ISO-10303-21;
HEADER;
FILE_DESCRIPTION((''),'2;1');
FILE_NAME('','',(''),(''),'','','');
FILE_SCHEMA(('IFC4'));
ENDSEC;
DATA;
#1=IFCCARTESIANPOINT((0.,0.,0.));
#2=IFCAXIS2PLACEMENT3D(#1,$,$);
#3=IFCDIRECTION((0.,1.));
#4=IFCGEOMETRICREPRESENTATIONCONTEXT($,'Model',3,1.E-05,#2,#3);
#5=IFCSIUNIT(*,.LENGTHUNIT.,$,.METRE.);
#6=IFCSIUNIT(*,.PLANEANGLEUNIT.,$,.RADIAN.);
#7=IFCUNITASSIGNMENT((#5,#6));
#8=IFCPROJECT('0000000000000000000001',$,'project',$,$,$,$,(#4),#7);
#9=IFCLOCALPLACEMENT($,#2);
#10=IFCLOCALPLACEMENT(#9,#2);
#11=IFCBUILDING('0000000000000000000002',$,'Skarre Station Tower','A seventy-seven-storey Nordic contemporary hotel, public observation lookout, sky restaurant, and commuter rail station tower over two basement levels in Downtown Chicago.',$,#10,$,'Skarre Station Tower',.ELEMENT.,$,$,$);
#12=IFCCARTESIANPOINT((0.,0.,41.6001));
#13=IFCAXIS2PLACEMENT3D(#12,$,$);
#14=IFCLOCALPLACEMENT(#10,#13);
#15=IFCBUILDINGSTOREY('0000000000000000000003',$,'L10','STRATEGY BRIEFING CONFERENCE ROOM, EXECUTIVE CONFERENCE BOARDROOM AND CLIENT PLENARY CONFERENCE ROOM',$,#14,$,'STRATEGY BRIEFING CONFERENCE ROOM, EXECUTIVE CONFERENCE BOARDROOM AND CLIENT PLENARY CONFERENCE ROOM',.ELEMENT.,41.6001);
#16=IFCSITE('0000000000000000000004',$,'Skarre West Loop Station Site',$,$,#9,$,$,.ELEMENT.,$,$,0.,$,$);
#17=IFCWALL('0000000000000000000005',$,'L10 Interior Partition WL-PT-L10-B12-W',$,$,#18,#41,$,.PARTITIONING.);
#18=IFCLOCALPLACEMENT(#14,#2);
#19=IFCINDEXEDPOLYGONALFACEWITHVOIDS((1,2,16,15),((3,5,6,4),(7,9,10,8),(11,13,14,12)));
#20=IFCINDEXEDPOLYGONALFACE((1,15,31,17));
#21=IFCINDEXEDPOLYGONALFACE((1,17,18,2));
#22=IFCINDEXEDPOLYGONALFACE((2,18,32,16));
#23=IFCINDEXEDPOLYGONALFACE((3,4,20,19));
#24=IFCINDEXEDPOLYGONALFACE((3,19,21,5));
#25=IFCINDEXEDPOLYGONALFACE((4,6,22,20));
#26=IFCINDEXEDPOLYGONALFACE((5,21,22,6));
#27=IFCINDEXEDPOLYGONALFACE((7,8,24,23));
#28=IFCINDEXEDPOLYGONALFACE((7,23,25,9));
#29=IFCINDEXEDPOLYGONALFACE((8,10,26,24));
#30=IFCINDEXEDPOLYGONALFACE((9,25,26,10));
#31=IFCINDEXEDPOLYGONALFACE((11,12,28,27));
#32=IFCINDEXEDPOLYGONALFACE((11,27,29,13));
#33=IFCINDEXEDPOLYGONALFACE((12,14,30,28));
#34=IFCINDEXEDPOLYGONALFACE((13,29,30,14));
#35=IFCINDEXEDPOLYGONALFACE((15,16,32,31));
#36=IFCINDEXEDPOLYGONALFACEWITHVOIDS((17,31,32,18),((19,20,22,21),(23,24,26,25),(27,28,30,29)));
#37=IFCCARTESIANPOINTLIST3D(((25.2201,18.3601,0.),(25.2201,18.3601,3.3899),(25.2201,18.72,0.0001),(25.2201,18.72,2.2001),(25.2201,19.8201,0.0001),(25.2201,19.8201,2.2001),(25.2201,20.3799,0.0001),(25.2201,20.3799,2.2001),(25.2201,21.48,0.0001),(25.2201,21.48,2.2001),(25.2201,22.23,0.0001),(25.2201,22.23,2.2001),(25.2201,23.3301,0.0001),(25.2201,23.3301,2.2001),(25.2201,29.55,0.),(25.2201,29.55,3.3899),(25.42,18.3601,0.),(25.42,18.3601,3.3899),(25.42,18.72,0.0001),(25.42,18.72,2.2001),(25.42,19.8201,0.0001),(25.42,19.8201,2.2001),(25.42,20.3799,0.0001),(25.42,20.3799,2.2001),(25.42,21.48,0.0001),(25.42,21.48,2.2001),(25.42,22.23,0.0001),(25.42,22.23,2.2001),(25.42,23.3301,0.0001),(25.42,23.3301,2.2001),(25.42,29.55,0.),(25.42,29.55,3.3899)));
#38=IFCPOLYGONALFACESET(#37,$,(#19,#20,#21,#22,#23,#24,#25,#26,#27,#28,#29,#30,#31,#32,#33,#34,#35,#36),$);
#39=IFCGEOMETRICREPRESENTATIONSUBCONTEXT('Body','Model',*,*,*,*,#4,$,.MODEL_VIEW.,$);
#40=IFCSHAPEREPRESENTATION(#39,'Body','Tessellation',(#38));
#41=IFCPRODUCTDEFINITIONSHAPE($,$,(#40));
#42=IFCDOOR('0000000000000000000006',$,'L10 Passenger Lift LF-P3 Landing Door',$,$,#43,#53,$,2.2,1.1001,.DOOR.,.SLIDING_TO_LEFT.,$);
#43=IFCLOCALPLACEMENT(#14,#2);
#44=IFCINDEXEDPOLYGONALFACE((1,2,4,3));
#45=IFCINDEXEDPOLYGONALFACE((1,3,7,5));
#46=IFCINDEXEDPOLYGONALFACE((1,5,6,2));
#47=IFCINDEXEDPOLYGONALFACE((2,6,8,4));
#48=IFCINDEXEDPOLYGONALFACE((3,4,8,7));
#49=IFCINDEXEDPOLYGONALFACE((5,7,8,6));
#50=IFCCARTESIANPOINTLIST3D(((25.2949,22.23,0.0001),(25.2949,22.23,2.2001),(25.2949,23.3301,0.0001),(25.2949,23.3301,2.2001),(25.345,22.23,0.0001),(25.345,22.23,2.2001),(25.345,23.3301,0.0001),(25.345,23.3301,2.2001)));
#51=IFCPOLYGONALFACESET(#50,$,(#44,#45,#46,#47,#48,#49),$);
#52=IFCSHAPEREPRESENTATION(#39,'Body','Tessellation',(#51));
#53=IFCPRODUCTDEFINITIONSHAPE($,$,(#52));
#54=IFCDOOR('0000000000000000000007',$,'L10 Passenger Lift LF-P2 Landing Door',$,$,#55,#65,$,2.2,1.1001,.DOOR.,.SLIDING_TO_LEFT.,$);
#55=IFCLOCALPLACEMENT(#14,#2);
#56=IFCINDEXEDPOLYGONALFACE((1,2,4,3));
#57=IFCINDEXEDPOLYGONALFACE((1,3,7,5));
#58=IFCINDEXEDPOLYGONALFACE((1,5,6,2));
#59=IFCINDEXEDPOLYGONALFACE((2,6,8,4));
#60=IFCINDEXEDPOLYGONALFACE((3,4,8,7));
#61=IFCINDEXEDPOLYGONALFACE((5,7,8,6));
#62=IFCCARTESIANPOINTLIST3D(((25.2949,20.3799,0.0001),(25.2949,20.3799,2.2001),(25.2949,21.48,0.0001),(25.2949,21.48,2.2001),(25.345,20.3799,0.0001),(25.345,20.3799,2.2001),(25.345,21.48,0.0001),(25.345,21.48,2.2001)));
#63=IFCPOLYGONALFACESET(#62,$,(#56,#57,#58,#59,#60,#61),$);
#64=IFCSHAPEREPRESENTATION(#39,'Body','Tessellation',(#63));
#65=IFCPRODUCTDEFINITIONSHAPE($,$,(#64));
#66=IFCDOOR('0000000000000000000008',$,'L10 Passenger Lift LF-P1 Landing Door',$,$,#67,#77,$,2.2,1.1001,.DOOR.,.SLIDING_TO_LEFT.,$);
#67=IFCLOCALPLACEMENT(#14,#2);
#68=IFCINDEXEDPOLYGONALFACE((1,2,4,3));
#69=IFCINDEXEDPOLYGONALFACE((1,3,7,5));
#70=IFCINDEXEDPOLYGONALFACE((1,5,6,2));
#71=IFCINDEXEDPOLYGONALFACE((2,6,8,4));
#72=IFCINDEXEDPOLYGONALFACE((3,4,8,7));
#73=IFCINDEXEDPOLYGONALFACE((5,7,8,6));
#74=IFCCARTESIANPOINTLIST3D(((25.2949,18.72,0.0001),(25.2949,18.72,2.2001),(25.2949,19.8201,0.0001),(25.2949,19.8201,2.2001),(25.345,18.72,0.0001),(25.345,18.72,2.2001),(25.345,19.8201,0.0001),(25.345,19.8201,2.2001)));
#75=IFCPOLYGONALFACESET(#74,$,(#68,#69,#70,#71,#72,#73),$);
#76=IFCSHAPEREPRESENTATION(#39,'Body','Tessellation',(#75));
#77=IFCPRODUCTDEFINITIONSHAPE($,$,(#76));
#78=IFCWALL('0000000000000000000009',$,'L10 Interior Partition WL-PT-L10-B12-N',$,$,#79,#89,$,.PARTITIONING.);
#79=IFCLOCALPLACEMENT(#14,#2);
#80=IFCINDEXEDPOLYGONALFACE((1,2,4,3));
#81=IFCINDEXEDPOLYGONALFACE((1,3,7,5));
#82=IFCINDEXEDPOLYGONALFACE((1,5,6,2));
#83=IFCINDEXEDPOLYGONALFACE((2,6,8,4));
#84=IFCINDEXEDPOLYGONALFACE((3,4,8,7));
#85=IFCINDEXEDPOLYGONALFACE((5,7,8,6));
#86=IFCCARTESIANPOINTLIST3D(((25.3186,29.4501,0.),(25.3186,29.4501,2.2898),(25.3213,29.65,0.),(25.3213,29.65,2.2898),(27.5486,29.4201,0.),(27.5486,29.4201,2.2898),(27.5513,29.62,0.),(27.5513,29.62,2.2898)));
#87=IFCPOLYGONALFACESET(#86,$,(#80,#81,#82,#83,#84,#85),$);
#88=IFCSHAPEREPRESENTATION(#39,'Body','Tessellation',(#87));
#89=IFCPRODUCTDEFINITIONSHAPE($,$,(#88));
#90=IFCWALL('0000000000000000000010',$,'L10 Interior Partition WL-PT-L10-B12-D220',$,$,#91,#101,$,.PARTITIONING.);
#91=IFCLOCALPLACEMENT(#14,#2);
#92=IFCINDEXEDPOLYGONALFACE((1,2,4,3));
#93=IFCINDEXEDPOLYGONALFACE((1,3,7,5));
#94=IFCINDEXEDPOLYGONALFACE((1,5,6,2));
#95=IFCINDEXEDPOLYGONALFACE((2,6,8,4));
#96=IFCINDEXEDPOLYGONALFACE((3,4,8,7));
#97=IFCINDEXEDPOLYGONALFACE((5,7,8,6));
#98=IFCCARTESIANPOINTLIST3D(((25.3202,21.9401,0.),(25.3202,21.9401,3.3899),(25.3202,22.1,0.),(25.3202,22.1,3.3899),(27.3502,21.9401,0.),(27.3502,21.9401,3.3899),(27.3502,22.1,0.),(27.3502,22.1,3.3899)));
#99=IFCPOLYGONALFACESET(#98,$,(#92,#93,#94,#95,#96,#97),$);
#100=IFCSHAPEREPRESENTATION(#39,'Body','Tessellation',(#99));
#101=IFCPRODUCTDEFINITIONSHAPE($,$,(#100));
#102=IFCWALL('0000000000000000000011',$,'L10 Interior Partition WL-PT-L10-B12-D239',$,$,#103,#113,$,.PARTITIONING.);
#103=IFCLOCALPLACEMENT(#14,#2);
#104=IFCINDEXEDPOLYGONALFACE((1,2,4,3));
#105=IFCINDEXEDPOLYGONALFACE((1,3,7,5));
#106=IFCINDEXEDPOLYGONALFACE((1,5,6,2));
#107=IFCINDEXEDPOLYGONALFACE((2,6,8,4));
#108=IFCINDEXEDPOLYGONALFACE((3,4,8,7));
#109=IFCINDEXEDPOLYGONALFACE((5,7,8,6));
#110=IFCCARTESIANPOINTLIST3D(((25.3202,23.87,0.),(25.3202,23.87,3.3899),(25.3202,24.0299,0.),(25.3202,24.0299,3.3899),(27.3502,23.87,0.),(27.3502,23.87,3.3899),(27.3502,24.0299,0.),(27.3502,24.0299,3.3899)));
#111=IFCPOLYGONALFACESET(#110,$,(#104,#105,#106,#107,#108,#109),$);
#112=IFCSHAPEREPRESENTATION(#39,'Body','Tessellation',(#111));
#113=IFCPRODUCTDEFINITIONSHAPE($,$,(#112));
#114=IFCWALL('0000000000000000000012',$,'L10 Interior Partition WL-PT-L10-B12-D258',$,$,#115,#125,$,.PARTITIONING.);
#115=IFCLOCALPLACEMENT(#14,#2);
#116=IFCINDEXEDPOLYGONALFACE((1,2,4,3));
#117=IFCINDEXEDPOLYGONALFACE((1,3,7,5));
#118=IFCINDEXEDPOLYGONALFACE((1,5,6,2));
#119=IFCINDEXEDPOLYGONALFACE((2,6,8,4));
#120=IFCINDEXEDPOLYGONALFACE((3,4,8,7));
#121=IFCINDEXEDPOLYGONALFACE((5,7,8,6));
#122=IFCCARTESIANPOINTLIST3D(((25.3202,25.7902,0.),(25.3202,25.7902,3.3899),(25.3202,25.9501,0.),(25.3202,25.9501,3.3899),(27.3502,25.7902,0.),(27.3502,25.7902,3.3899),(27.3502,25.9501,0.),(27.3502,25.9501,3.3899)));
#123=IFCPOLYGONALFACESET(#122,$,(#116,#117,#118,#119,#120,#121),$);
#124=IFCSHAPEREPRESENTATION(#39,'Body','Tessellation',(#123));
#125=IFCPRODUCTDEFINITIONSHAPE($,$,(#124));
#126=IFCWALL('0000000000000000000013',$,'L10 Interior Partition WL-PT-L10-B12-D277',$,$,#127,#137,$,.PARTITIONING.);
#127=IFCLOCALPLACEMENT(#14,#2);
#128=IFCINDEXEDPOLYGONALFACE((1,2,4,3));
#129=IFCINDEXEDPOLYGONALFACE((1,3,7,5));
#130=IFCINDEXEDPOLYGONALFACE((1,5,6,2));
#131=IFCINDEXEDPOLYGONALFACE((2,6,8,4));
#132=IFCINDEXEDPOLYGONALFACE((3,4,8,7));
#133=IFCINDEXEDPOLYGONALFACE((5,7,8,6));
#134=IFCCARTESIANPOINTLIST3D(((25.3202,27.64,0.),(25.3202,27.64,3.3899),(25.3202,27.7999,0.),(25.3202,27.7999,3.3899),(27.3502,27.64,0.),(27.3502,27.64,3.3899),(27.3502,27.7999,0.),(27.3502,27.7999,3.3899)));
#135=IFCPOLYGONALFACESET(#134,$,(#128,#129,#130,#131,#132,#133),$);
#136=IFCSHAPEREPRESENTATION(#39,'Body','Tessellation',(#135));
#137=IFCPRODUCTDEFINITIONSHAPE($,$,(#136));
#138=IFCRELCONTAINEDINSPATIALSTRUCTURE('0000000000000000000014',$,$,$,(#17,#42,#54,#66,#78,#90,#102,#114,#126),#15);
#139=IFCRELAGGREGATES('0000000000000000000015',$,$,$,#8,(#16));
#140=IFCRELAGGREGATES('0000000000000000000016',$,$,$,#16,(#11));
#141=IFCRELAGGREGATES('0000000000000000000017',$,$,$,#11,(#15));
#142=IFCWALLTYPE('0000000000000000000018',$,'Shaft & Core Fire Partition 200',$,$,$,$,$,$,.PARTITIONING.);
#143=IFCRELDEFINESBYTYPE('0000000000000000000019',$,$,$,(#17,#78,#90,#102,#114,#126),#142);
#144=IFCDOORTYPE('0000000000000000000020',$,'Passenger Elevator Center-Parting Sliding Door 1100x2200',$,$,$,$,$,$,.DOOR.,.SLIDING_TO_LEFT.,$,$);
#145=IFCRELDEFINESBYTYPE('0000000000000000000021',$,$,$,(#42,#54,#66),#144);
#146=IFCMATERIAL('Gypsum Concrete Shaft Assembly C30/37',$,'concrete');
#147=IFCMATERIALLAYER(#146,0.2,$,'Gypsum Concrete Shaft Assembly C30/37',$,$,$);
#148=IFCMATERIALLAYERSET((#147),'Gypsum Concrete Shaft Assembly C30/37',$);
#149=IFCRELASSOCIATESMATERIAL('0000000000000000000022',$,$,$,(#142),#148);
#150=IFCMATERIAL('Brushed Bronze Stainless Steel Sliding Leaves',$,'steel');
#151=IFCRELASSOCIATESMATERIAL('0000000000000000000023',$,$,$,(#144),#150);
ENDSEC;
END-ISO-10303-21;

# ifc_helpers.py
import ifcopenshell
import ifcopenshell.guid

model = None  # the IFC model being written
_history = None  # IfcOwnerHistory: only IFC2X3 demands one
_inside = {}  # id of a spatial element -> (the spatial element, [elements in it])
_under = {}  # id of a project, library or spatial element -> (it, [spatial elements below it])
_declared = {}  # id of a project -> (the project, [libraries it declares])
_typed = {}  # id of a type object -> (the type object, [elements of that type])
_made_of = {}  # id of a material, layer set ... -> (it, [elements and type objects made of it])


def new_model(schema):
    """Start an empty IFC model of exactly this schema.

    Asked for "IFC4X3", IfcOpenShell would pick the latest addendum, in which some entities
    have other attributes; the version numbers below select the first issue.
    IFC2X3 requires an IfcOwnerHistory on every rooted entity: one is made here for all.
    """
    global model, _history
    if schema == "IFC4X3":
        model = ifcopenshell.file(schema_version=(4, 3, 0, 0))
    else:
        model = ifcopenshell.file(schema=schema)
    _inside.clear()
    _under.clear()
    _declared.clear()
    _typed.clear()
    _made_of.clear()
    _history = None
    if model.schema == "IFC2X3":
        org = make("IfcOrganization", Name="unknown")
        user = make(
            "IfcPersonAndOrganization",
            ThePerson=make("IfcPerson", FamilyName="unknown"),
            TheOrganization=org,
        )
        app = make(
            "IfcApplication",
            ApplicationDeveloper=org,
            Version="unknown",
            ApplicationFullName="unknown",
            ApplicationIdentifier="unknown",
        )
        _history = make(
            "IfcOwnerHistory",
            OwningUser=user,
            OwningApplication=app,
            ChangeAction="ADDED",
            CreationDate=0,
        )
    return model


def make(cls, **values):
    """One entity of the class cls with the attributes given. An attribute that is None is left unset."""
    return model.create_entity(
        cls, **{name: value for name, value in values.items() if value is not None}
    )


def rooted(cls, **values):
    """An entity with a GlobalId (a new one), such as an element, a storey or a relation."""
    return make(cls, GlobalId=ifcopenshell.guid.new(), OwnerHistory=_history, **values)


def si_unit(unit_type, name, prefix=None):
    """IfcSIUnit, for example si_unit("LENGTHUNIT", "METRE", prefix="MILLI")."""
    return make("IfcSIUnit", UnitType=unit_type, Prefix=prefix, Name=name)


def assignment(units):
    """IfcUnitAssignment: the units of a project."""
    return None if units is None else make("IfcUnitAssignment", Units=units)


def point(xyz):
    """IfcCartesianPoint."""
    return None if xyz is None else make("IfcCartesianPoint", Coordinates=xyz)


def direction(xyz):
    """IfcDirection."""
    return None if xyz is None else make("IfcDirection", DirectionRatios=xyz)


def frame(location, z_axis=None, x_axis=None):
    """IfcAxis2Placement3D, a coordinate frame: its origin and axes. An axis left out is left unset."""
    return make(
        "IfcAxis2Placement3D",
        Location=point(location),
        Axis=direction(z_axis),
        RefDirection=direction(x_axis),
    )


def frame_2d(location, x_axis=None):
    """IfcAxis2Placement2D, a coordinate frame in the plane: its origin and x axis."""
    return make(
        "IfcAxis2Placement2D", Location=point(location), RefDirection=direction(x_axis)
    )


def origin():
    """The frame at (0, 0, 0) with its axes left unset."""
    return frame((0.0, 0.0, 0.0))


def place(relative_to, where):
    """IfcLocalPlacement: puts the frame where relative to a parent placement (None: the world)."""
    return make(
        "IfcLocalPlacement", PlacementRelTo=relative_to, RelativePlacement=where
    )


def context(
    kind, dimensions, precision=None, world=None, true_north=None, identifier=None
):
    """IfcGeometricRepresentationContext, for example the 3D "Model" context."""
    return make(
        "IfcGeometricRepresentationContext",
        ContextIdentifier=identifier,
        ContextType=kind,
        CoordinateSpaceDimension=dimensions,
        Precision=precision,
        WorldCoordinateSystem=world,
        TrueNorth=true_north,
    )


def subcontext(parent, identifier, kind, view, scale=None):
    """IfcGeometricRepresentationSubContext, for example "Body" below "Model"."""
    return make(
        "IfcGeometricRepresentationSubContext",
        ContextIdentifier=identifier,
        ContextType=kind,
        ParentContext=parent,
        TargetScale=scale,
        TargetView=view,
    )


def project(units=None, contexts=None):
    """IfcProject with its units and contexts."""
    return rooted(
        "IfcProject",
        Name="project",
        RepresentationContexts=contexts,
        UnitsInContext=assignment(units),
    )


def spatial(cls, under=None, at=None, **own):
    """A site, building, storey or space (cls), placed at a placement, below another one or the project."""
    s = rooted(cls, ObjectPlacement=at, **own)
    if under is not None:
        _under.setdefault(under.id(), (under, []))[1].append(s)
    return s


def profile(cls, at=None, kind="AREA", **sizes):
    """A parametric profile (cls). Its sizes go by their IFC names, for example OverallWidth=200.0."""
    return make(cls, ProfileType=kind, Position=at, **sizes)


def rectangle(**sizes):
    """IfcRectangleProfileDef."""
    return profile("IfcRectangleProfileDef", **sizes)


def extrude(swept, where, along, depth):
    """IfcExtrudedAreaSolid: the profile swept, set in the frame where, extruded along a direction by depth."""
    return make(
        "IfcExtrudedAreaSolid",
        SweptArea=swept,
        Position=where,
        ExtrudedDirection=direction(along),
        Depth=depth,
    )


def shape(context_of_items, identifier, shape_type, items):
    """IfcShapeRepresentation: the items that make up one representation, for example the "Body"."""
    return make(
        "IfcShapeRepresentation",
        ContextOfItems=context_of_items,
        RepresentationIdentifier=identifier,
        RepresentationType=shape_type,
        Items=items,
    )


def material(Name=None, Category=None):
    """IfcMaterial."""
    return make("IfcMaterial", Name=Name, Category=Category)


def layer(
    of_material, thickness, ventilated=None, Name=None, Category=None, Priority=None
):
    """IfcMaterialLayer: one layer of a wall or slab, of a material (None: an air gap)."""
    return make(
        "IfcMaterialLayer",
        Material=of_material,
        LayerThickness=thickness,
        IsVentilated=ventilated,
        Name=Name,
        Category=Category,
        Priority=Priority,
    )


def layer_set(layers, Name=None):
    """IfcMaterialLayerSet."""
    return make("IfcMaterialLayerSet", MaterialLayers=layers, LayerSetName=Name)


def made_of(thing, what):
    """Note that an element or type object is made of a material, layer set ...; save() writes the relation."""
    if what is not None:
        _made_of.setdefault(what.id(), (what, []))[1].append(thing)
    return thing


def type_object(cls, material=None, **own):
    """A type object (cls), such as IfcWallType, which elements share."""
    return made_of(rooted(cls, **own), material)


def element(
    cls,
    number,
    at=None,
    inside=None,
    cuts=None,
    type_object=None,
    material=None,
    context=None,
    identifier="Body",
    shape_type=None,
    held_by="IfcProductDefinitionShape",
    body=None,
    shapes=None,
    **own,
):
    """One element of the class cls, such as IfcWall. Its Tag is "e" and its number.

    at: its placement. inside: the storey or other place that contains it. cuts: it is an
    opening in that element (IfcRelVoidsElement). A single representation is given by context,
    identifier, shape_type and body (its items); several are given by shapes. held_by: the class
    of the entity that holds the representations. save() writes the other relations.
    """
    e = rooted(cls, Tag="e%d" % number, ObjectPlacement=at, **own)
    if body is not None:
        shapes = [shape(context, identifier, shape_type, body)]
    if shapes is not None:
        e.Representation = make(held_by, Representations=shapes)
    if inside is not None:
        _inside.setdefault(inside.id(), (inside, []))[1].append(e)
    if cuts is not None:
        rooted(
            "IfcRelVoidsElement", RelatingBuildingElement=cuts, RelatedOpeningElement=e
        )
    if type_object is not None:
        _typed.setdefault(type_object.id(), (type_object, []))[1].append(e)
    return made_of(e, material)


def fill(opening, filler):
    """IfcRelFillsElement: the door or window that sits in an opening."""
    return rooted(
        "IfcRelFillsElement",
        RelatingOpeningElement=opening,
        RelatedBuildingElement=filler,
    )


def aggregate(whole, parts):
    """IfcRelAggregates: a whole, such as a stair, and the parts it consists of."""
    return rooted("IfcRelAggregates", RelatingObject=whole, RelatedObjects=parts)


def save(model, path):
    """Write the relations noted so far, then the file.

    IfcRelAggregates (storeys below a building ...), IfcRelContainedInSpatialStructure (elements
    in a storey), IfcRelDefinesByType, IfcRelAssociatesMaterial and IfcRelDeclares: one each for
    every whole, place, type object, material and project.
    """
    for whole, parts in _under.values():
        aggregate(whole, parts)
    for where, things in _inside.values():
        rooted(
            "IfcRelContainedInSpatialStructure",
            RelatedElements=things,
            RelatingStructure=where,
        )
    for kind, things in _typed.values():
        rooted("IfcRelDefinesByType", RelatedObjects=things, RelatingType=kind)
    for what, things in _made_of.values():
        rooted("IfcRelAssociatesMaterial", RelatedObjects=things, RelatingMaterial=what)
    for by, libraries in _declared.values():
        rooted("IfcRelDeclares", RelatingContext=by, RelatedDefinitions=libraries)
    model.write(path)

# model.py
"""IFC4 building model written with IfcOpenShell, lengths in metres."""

from ifc_helpers import new_model, si_unit, direction, frame, frame_2d, origin, place, context, subcontext, project, spatial, rectangle, extrude, material, layer, layer_set, type_object, element, fill, save


model = new_model("IFC4")

# Units and contexts
model_context = context("Model", 3, precision=1e-05, world=origin(), true_north=direction((0.0, 1.0)))
body_context = subcontext(model_context, "Body", "Model", "MODEL_VIEW")
ifc_project = project(units=[si_unit("LENGTHUNIT", "METRE"), si_unit("PLANEANGLEUNIT", "RADIAN")], contexts=[model_context])

# Site, building, storey
site_placement = place(None, origin())
site = spatial("IfcSite", under=ifc_project, at=site_placement, Name="Skarre West Loop Station Site", CompositionType="ELEMENT", RefElevation=0.0)
building_placement = place(site_placement, origin())
building = spatial("IfcBuilding", under=site, at=building_placement, Name="Skarre Station Tower", Description="A seventy-seven-storey Nordic contemporary hotel, public observation lookout, sky restaurant, and commuter rail station tower over two basement levels in Downtown Chicago.", LongName="Skarre Station Tower", CompositionType="ELEMENT")
storey_placement = place(building_placement, frame((0.0, 0.0, 41.6001)))
storey = spatial("IfcBuildingStorey", under=building, at=storey_placement, Name="L10", Description="STRATEGY BRIEFING CONFERENCE ROOM, EXECUTIVE CONFERENCE BOARDROOM AND CLIENT PLENARY CONFERENCE ROOM", LongName="STRATEGY BRIEFING CONFERENCE ROOM, EXECUTIVE CONFERENCE BOARDROOM AND CLIENT PLENARY CONFERENCE ROOM", CompositionType="ELEMENT", Elevation=41.6001)

# Shared definitions
ifc_material_1 = material(Name="Gypsum Concrete Shaft Assembly C30/37", Category="concrete")
ifc_layer_1 = layer(ifc_material_1, 0.2, Name="Gypsum Concrete Shaft Assembly C30/37")
ifc_layer_set_1 = layer_set([ifc_layer_1], Name="Gypsum Concrete Shaft Assembly C30/37")
wall_type_1 = type_object("IfcWallType", Name="Shaft & Core Fire Partition 200", PredefinedType="PARTITIONING", material=ifc_layer_set_1)

# Wall, openings, doors
wall_1_placement = place(storey_placement, frame((25.3201, 29.55, 0.0), z_axis=(0.0, 0.0, 1.0), x_axis=(0.0, -1.0, 0.0)))
wall_1 = element("IfcWall", 1, at=wall_1_placement, inside=storey, type_object=wall_type_1, Name="L10 Interior Partition WL-PT-L10-B12-W", PredefinedType="PARTITIONING", context=body_context, shape_type="SweptSolid", body=[
    extrude(rectangle(XDim=11.1899, YDim=0.2, at=frame_2d((5.595, 0.0))), origin(), (0.0, 0.0, 1.0), 3.3899),
])
opening_1_placement = place(wall_1_placement, frame((6.22, 0.0, 0.0)))
opening_1 = element("IfcOpeningElement", 2, at=opening_1_placement, cuts=wall_1, PredefinedType="OPENING", context=body_context, shape_type="SweptSolid", body=[
    extrude(rectangle(XDim=1.1001, YDim=2.2, at=frame_2d((0.55, 1.1001))), frame((0.0, 0.1099, 0.0), z_axis=(0.0, -1.0, 0.0), x_axis=(1.0, 0.0, 0.0)), (0.0, 0.0, 1.0), 0.22),
])
opening_2_placement = place(wall_1_placement, frame((8.0701, 0.0, 0.0)))
opening_2 = element("IfcOpeningElement", 3, at=opening_2_placement, cuts=wall_1, PredefinedType="OPENING", context=body_context, shape_type="SweptSolid", body=[
    extrude(rectangle(XDim=1.1001, YDim=2.2, at=frame_2d((0.55, 1.1001))), frame((0.0, 0.1099, 0.0), z_axis=(0.0, -1.0, 0.0), x_axis=(1.0, 0.0, 0.0)), (0.0, 0.0, 1.0), 0.22),
])
opening_3_placement = place(wall_1_placement, frame((9.73, 0.0, 0.0)))
opening_3 = element("IfcOpeningElement", 4, at=opening_3_placement, cuts=wall_1, PredefinedType="OPENING", context=body_context, shape_type="SweptSolid", body=[
    extrude(rectangle(XDim=1.1001, YDim=2.2, at=frame_2d((0.55, 1.1001))), frame((0.0, 0.1099, 0.0), z_axis=(0.0, -1.0, 0.0), x_axis=(1.0, 0.0, 0.0)), (0.0, 0.0, 1.0), 0.22),
])
ifc_material_2 = material(Name="Brushed Bronze Stainless Steel Sliding Leaves", Category="steel")
door_type_1 = type_object("IfcDoorType", Name="Passenger Elevator Center-Parting Sliding Door 1100x2200", OperationType="SLIDING_TO_LEFT", PredefinedType="DOOR", material=ifc_material_2)
door_1_placement = place(opening_1_placement, origin())
door_1 = element("IfcDoor", 5, at=door_1_placement, inside=storey, type_object=door_type_1, Name="L10 Passenger Lift LF-P3 Landing Door", OperationType="SLIDING_TO_LEFT", OverallHeight=2.2, OverallWidth=1.1001, PredefinedType="DOOR", context=body_context, shape_type="SweptSolid", body=[
    extrude(rectangle(XDim=1.1001, YDim=2.2, at=frame_2d((0.55, 1.1001))), frame((0.0, 0.0249, 0.0), z_axis=(0.0, -1.0, 0.0), x_axis=(1.0, 0.0, 0.0)), (0.0, 0.0, 1.0), 0.05),
])
fill(opening_1, door_1)
door_2_placement = place(opening_2_placement, origin())
door_2 = element("IfcDoor", 6, at=door_2_placement, inside=storey, type_object=door_type_1, Name="L10 Passenger Lift LF-P2 Landing Door", OperationType="SLIDING_TO_LEFT", OverallHeight=2.2, OverallWidth=1.1001, PredefinedType="DOOR", context=body_context, shape_type="SweptSolid", body=[
    extrude(rectangle(XDim=1.1001, YDim=2.2, at=frame_2d((0.55, 1.1001))), frame((0.0, 0.0249, 0.0), z_axis=(0.0, -1.0, 0.0), x_axis=(1.0, 0.0, 0.0)), (0.0, 0.0, 1.0), 0.05),
])
fill(opening_2, door_2)
door_3_placement = place(opening_3_placement, origin())
door_3 = element("IfcDoor", 7, at=door_3_placement, inside=storey, type_object=door_type_1, Name="L10 Passenger Lift LF-P1 Landing Door", OperationType="SLIDING_TO_LEFT", OverallHeight=2.2, OverallWidth=1.1001, PredefinedType="DOOR", context=body_context, shape_type="SweptSolid", body=[
    extrude(rectangle(XDim=1.1001, YDim=2.2, at=frame_2d((0.55, 1.1001))), frame((0.0, 0.0249, 0.0), z_axis=(0.0, -1.0, 0.0), x_axis=(1.0, 0.0, 0.0)), (0.0, 0.0, 1.0), 0.05),
])
fill(opening_3, door_3)

# Walls
wall_2_placement = place(storey_placement, frame((27.55, 29.52, 0.0), z_axis=(0.0, 0.0, 1.0), x_axis=(-0.999909, 0.013465, 0.0)))
element("IfcWall", 8, at=wall_2_placement, inside=storey, type_object=wall_type_1, Name="L10 Interior Partition WL-PT-L10-B12-N", PredefinedType="PARTITIONING", context=body_context, shape_type="SweptSolid", body=[
    extrude(rectangle(XDim=2.2302, YDim=0.2, at=frame_2d((1.1152, 0.0))), origin(), (0.0, 0.0, 1.0), 2.2898),
])
for number, where, z_axis, x_axis, name in (
    (9, (25.3201, 22.02, 0.0), (0.0, 0.0, 1.0), (1.0, 0.0, 0.0), "L10 Interior Partition WL-PT-L10-B12-D220"),
    (10, (25.3201, 23.95, 0.0), (0.0, 0.0, 1.0), (1.0, 0.0, 0.0), "L10 Interior Partition WL-PT-L10-B12-D239"),
    (11, (25.3201, 25.8701, 0.0), (0.0, 0.0, 1.0), (1.0, 0.0, 0.0), "L10 Interior Partition WL-PT-L10-B12-D258"),
    (12, (25.3201, 27.72, 0.0), (0.0, 0.0, 1.0), (1.0, 0.0, 0.0), "L10 Interior Partition WL-PT-L10-B12-D277"),
):
    element("IfcWall", number, at=place(storey_placement, frame(where, z_axis=z_axis, x_axis=x_axis)), inside=storey, type_object=wall_type_1, Name=name, PredefinedType="PARTITIONING", context=body_context, shape_type="SweptSolid", body=[
        extrude(rectangle(XDim=2.03, YDim=0.1599, at=frame_2d((1.0151, 0.0))), origin(), (0.0, 0.0, 1.0), 3.3899),
    ])

save(model, "model.ifc")
